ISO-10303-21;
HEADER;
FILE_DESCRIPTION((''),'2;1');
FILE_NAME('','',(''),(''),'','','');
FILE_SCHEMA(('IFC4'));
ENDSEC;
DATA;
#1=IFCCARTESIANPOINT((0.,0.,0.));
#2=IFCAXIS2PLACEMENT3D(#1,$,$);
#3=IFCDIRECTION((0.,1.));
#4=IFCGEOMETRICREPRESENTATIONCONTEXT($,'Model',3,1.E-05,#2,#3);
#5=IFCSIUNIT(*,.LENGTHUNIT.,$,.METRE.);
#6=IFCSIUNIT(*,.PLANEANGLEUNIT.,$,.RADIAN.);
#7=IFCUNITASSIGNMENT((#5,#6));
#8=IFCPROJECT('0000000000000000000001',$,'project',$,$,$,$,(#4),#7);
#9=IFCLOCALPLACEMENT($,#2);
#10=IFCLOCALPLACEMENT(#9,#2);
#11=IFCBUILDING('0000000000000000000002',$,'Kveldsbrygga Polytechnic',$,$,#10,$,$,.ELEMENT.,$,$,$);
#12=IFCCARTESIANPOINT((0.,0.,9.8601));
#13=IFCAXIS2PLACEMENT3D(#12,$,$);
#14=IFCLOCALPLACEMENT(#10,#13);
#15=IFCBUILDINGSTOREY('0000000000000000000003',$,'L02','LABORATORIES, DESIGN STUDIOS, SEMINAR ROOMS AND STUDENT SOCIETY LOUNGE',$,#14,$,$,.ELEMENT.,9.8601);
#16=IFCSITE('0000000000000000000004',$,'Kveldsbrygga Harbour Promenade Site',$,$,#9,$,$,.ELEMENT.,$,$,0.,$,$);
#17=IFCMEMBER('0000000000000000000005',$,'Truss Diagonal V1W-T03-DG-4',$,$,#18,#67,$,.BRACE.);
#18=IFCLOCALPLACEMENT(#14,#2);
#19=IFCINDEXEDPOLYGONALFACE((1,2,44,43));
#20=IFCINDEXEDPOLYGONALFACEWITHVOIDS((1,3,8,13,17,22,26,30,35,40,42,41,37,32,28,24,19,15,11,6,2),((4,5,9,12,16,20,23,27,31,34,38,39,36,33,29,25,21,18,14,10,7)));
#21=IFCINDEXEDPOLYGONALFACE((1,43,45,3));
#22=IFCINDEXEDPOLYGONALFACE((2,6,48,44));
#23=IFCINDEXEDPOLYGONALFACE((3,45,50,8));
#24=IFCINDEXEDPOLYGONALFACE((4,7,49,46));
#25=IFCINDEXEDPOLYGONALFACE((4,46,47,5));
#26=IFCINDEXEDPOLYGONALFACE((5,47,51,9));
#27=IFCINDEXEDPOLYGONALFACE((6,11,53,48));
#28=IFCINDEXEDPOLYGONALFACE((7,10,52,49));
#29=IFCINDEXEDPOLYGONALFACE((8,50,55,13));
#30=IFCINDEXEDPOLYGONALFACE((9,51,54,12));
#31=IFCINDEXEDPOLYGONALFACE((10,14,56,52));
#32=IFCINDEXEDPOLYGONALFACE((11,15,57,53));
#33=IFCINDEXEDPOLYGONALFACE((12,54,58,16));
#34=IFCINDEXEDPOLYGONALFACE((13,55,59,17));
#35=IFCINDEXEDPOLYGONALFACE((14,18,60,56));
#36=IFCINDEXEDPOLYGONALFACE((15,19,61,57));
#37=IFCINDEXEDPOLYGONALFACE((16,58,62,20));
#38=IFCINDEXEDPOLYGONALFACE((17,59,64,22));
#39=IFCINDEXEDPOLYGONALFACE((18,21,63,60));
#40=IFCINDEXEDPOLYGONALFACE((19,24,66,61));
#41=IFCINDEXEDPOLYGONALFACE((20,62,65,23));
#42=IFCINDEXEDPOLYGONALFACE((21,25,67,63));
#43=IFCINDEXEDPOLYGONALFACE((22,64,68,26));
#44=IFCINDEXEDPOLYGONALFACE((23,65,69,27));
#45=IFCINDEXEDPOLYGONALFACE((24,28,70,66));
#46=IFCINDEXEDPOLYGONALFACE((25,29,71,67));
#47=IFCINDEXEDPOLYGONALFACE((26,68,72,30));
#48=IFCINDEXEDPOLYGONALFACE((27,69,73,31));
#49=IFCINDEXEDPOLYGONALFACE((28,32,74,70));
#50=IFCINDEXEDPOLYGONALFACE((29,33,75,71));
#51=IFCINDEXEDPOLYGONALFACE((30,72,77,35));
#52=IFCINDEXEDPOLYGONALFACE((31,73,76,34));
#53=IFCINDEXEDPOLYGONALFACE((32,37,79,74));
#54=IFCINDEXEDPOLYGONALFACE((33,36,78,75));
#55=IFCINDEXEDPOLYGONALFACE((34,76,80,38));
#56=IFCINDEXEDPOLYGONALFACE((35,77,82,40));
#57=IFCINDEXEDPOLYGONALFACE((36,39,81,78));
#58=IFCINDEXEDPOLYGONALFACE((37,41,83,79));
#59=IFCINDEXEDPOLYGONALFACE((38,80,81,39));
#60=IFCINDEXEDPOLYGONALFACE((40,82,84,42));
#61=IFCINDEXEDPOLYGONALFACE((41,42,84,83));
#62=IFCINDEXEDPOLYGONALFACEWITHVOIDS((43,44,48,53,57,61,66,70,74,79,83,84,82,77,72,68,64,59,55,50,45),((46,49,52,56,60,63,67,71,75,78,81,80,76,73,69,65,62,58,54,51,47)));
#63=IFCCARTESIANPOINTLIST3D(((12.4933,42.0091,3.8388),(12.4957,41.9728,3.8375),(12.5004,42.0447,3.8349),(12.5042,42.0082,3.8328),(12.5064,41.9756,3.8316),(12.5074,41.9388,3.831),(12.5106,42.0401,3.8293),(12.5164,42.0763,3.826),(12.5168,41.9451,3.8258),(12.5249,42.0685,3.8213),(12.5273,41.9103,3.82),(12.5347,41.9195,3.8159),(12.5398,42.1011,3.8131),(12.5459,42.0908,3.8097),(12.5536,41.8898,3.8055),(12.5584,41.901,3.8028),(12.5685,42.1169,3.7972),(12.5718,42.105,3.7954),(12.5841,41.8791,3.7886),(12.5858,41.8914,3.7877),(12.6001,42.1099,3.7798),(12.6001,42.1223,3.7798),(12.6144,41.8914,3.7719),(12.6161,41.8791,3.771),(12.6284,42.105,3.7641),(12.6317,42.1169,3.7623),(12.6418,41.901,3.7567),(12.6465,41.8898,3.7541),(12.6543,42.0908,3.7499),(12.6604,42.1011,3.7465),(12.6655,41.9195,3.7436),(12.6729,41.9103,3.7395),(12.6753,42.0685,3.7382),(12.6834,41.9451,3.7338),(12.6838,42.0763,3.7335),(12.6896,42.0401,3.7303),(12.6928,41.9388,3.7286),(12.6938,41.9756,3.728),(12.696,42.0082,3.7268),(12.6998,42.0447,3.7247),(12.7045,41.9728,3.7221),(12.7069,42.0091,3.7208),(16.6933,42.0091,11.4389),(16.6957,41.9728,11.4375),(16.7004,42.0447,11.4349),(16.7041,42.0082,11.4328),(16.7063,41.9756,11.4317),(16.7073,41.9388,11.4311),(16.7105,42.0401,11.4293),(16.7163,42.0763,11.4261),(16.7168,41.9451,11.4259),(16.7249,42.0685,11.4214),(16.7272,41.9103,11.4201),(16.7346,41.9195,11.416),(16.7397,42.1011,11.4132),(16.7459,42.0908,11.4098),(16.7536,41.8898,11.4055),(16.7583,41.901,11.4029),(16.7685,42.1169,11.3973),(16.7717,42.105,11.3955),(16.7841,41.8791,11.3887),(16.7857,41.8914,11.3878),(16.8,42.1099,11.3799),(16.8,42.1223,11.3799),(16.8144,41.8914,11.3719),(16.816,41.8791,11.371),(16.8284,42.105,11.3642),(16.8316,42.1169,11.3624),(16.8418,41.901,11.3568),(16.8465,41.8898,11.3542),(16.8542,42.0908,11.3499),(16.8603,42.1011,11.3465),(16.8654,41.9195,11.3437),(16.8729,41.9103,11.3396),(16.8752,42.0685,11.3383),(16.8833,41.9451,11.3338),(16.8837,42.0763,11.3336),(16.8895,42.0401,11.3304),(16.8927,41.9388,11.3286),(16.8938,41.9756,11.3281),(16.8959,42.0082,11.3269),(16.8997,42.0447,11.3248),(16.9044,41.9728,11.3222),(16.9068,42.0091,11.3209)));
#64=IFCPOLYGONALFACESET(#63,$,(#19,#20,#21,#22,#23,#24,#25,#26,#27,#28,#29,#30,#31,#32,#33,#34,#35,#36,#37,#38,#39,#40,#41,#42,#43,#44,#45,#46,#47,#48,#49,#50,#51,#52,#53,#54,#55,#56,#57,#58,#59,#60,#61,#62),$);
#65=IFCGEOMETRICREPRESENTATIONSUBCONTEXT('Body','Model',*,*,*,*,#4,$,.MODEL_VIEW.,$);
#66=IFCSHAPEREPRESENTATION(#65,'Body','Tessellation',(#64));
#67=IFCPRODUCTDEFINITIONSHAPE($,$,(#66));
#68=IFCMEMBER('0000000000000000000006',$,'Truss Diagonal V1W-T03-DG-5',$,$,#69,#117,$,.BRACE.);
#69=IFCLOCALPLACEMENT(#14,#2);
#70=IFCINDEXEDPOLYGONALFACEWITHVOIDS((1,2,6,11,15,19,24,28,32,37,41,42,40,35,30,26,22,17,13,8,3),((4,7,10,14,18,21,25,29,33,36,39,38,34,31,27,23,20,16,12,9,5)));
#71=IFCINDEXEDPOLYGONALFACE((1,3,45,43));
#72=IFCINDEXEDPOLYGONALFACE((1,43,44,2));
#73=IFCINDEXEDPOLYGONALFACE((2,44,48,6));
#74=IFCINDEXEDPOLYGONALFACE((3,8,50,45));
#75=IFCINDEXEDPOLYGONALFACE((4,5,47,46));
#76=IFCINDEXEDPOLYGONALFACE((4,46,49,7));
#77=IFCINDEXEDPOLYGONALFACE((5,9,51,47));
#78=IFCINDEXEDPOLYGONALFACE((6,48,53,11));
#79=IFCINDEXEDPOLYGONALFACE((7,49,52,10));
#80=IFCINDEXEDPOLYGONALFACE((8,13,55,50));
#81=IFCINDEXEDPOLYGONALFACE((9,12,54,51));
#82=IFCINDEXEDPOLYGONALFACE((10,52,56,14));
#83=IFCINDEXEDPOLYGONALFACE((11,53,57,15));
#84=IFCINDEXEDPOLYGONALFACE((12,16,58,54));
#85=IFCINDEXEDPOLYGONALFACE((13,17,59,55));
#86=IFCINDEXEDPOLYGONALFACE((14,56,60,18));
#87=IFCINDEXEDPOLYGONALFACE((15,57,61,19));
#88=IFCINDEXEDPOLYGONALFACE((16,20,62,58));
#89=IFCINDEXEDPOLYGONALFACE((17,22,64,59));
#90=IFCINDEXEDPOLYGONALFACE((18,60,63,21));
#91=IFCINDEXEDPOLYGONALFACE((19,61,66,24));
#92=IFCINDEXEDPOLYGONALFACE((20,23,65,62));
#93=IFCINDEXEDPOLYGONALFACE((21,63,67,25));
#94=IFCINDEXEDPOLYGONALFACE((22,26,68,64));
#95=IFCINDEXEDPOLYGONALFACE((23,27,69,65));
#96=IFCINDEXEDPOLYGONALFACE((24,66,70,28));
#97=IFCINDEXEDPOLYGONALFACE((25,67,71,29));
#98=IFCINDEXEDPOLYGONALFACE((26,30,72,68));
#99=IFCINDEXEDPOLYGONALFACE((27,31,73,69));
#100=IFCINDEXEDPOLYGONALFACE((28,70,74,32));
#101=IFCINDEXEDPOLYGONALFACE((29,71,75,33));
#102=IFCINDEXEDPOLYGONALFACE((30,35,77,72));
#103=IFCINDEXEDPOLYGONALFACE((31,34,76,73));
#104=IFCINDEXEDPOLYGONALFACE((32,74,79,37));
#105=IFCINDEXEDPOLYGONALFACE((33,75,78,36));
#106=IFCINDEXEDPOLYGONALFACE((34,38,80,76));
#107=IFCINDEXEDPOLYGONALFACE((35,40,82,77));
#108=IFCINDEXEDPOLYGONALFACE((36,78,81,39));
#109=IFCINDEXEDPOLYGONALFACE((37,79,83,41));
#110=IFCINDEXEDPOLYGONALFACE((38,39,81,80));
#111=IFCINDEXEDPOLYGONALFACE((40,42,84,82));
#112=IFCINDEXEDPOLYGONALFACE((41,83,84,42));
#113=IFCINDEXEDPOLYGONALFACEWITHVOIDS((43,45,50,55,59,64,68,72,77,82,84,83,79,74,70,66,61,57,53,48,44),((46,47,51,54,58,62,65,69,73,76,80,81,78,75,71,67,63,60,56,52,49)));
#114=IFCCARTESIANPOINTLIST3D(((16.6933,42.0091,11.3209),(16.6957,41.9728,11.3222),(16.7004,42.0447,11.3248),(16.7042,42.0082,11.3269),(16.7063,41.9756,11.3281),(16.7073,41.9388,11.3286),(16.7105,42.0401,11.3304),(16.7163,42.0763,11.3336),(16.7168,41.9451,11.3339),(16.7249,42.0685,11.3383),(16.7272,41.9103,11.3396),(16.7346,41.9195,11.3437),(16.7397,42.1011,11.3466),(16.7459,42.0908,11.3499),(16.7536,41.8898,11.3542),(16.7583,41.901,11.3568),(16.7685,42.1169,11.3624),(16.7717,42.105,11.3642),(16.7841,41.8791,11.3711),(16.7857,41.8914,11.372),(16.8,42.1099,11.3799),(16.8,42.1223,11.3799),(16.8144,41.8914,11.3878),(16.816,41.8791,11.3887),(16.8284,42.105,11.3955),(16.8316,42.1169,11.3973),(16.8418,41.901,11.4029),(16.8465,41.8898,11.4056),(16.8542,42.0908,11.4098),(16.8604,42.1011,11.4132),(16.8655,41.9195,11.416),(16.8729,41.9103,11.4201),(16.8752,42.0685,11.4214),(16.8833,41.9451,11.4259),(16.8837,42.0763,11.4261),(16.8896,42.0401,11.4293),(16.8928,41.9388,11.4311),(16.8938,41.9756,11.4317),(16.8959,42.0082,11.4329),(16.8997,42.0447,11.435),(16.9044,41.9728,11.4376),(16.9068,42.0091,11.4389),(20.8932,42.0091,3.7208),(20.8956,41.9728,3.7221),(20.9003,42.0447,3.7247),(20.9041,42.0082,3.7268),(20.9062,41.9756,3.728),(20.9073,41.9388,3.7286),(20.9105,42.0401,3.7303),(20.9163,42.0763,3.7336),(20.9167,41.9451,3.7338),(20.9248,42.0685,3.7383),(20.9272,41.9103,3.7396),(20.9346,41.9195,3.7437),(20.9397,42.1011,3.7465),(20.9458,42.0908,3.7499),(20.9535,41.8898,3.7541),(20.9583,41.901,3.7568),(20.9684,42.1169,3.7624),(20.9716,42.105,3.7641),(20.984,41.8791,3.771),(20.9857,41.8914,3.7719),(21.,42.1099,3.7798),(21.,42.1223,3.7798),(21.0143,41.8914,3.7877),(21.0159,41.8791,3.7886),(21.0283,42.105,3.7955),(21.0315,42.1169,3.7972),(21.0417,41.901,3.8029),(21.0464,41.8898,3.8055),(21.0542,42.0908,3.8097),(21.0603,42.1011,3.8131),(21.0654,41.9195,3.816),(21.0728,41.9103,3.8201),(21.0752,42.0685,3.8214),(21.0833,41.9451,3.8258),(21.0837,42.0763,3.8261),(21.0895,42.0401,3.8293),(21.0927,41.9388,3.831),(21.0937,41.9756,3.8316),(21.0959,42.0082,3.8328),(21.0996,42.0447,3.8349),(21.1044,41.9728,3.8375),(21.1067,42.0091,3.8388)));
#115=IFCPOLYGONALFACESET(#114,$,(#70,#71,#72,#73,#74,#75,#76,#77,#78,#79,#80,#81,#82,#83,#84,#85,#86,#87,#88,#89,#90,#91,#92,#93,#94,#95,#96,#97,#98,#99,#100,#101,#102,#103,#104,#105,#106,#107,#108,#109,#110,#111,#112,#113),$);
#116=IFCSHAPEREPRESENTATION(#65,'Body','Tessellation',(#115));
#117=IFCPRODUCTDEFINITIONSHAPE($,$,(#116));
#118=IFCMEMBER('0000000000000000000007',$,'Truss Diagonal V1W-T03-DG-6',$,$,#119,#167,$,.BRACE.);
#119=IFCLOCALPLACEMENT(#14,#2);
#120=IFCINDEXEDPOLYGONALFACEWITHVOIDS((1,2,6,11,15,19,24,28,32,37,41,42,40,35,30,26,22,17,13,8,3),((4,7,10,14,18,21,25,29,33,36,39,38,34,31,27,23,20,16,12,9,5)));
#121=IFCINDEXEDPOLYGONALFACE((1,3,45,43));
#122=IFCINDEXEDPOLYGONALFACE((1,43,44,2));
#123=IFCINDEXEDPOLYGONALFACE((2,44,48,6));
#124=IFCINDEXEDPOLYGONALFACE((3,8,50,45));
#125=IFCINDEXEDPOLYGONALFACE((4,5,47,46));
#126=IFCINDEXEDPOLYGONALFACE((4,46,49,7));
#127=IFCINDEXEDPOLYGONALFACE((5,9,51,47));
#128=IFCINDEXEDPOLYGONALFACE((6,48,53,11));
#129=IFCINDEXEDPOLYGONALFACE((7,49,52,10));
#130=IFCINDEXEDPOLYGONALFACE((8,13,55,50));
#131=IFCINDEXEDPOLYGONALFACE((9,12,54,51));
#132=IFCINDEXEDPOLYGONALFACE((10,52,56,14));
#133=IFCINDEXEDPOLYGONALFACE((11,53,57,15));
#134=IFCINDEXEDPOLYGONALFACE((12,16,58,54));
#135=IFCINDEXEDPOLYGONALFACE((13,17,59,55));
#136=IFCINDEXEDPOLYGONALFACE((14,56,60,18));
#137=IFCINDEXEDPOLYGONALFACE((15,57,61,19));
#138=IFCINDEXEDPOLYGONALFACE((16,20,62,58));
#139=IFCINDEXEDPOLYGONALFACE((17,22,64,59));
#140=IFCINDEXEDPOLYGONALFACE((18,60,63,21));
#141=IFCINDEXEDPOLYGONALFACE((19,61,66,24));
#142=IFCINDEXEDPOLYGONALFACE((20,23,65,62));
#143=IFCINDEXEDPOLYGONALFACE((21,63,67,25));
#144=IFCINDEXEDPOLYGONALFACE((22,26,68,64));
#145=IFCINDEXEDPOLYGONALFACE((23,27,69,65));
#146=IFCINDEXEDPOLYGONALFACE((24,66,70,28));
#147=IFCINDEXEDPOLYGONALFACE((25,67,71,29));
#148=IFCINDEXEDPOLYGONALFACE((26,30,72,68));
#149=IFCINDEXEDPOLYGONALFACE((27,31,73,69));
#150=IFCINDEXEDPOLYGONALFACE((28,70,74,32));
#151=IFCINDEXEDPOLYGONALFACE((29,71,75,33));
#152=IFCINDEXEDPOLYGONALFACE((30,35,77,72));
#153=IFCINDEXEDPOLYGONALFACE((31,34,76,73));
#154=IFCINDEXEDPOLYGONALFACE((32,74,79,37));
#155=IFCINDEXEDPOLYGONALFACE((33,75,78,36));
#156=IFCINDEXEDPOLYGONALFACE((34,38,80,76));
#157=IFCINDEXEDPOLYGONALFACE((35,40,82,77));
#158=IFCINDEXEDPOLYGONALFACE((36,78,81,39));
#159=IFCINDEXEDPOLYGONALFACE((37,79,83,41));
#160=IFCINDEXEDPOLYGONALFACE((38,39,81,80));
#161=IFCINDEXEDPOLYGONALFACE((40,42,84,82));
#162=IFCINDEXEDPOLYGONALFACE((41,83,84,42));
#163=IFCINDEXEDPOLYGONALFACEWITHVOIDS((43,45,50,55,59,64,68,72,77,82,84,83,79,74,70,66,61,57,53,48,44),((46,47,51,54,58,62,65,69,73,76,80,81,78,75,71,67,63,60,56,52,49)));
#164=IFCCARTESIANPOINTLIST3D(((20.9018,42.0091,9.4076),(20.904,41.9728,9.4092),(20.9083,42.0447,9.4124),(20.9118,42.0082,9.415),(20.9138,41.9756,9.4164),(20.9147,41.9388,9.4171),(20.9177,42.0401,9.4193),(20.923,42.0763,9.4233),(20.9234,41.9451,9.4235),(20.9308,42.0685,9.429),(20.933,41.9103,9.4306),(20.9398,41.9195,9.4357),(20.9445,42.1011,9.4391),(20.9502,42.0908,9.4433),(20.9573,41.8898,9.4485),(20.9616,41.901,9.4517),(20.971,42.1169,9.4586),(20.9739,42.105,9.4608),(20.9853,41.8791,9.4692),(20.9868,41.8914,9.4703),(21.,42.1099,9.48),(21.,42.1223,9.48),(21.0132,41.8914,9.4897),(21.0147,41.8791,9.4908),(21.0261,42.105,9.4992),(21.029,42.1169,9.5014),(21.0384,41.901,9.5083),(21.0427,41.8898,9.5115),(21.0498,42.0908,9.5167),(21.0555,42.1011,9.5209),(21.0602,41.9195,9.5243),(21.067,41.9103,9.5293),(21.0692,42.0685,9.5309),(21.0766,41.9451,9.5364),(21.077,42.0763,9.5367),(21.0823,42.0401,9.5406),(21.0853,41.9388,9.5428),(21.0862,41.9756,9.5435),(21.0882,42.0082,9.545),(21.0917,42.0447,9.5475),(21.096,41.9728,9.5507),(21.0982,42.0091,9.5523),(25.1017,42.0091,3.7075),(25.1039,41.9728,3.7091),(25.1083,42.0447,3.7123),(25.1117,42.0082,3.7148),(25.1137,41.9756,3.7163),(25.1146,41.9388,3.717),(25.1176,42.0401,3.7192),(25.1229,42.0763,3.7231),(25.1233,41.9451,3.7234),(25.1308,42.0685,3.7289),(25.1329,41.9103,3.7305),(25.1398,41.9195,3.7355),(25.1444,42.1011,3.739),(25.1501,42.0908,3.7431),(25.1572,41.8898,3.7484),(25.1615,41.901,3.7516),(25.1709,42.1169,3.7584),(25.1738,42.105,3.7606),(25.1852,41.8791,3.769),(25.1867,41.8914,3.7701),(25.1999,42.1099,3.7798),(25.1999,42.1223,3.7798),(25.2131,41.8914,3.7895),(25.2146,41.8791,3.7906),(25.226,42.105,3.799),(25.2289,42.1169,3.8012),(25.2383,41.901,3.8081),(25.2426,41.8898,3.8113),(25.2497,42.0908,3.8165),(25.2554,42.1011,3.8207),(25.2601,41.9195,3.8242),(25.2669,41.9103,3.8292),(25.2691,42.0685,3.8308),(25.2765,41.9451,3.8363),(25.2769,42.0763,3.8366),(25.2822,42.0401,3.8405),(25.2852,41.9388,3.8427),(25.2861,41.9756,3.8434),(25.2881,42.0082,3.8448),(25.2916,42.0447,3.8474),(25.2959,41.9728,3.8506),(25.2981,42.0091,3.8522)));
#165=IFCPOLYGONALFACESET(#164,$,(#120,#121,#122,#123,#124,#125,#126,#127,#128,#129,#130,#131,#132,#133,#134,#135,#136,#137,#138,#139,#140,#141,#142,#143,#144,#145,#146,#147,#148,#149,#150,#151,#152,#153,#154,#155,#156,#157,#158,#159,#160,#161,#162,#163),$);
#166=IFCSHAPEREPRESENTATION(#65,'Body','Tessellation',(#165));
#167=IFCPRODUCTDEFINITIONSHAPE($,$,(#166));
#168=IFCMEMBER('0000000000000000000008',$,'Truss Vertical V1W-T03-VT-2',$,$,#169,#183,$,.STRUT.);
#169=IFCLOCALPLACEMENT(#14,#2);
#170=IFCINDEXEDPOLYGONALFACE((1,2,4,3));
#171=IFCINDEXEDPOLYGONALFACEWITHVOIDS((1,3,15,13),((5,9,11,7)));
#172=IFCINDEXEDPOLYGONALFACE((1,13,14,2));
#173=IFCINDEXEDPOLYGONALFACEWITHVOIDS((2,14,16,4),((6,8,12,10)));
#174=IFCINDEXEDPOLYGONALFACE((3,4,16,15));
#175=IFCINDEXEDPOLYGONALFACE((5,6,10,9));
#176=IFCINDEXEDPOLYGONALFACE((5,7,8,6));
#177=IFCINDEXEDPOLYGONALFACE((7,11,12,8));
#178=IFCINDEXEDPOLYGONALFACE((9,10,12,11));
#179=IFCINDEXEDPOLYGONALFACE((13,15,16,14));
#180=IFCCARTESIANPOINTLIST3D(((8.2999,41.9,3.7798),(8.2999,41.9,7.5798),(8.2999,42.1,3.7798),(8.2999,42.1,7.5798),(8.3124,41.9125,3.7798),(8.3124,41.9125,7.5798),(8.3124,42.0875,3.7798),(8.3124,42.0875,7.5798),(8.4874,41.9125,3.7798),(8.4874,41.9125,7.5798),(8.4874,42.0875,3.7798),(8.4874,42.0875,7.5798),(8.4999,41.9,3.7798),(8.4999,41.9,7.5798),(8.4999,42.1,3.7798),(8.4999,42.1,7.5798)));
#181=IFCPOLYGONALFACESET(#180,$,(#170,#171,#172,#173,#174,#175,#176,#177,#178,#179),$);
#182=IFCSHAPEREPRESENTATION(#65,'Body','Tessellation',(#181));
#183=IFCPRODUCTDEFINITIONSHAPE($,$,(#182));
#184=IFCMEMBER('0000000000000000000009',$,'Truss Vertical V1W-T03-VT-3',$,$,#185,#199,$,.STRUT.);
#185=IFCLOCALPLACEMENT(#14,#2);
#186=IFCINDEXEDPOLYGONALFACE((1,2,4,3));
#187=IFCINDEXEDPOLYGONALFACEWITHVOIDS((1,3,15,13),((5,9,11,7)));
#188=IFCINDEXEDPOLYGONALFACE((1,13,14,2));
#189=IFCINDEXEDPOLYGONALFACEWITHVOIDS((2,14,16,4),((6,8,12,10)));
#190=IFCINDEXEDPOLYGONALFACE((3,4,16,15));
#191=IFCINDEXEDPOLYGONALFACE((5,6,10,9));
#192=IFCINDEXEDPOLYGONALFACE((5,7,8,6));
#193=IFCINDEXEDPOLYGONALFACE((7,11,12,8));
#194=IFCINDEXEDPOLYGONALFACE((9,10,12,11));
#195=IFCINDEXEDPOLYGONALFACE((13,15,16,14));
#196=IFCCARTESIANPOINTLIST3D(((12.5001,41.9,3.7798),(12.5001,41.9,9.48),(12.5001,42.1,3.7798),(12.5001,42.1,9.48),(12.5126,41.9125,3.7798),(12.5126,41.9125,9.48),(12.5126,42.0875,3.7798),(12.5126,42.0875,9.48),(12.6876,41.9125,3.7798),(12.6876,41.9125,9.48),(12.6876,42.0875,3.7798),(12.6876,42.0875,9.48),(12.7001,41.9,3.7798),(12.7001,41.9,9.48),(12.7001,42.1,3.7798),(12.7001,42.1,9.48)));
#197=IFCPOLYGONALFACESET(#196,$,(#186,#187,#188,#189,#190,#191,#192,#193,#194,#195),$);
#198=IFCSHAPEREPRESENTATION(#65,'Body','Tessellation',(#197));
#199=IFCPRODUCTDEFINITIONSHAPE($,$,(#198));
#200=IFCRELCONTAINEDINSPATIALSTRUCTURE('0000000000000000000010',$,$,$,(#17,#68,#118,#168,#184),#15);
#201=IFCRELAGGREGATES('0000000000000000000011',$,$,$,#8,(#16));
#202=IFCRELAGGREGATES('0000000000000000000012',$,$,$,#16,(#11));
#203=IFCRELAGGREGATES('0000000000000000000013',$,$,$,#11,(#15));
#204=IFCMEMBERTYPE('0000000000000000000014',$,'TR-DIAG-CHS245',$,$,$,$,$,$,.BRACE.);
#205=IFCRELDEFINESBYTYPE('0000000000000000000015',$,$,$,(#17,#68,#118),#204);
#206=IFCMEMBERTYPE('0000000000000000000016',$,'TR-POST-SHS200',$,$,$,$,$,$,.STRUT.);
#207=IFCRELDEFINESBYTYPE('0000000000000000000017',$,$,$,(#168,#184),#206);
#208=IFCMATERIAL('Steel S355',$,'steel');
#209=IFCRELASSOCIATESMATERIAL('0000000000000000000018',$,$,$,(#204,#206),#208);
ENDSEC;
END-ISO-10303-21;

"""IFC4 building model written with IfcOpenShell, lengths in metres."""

from ifc_helpers import new_model, si_unit, direction, frame, origin, origin_2d, place, context, subcontext, project, spatial, hollow_rectangle, hollow_circle, extrude, material, material_profile, profile_set, type_object, element, save


model = new_model("IFC4")

# Units and contexts
model_context = context("Model", 3, precision=1e-05, world=origin(), true_north=direction((0.0, 1.0)))
body_context = subcontext(model_context, "Body", "Model", "MODEL_VIEW")
ifc_project = project(units=[si_unit("LENGTHUNIT", "METRE"), si_unit("PLANEANGLEUNIT", "RADIAN")], contexts=[model_context])

# Site, building, storey
site_placement = place(None, origin())
site = spatial("IfcSite", under=ifc_project, at=site_placement, Name="Kveldsbrygga Harbour Promenade Site", CompositionType="ELEMENT", RefElevation=0.0)
building_placement = place(site_placement, origin())
building = spatial("IfcBuilding", under=site, at=building_placement, Name="Kveldsbrygga Polytechnic", CompositionType="ELEMENT")
storey_placement = place(building_placement, frame((0.0, 0.0, 9.8601)))
storey = spatial("IfcBuildingStorey", under=building, at=storey_placement, Name="L02", Description="LABORATORIES, DESIGN STUDIOS, SEMINAR ROOMS AND STUDENT SOCIETY LOUNGE", CompositionType="ELEMENT", Elevation=9.8601)

# Members
ifc_material_1 = material(Name="Steel S355", Category="steel")
ifc_material_profile_1 = material_profile(ifc_material_1, hollow_circle(Radius=0.1223, WallThickness=0.0125, at=origin_2d()), Name="CHS 244.5x12.5")
ifc_profile_set_1 = profile_set([ifc_material_profile_1], Name="Steel S355")
member_type_1 = type_object("IfcMemberType", Name="TR-DIAG-CHS245", PredefinedType="BRACE", material=ifc_profile_set_1)
for number, where, z_axis, x_axis, name in (
    (1, (12.6001, 42.0, 3.7798), (0.483677, 0.0, 0.875247), (0.0, 1.0, 0.0), "Truss Diagonal V1W-T03-DG-4"),
    (2, (16.8, 42.0, 11.3799), (0.483677, 0.0, -0.875247), (0.0, 1.0, 0.0), "Truss Diagonal V1W-T03-DG-5"),
):
    element("IfcMember", number, at=place(storey_placement, frame(where, z_axis=z_axis, x_axis=x_axis)), inside=storey, type_object=member_type_1, Name=name, PredefinedType="BRACE", context=body_context, shape_type="SweptSolid", body=[
        extrude(hollow_circle(Radius=0.1223, WallThickness=0.0125, at=origin_2d()), origin(), (0.0, 0.0, 1.0), 8.6833),
    ])
member_1_placement = place(storey_placement, frame((21.0, 42.0, 9.48), z_axis=(0.593181, 0.0, -0.805069), x_axis=(0.0, 1.0, 0.0)))
element("IfcMember", 3, at=member_1_placement, inside=storey, type_object=member_type_1, Name="Truss Diagonal V1W-T03-DG-6", PredefinedType="BRACE", context=body_context, shape_type="SweptSolid", body=[
    extrude(hollow_circle(Radius=0.1223, WallThickness=0.0125, at=origin_2d()), origin(), (0.0, 0.0, 1.0), 7.0803),
])
ifc_material_profile_2 = material_profile(ifc_material_1, hollow_rectangle(XDim=0.2, YDim=0.2, WallThickness=0.0125, at=origin_2d()), Name="SHS 200x200x12.5")
ifc_profile_set_2 = profile_set([ifc_material_profile_2], Name="Steel S355")
member_type_2 = type_object("IfcMemberType", Name="TR-POST-SHS200", PredefinedType="STRUT", material=ifc_profile_set_2)
member_2_placement = place(storey_placement, frame((8.3999, 42.0, 3.7798), z_axis=(0.0, 0.0, 1.0), x_axis=(1.0, 0.0, 0.0)))
element("IfcMember", 4, at=member_2_placement, inside=storey, type_object=member_type_2, Name="Truss Vertical V1W-T03-VT-2", PredefinedType="STRUT", context=body_context, shape_type="SweptSolid", body=[
    extrude(hollow_rectangle(XDim=0.2, YDim=0.2, WallThickness=0.0125, at=origin_2d()), origin(), (0.0, 0.0, 1.0), 3.8),
])
member_3_placement = place(storey_placement, frame((12.6001, 42.0, 3.7798), z_axis=(0.0, 0.0, 1.0), x_axis=(1.0, 0.0, 0.0)))
element("IfcMember", 5, at=member_3_placement, inside=storey, type_object=member_type_2, Name="Truss Vertical V1W-T03-VT-3", PredefinedType="STRUT", context=body_context, shape_type="SweptSolid", body=[
    extrude(hollow_rectangle(XDim=0.2, YDim=0.2, WallThickness=0.0125, at=origin_2d()), origin(), (0.0, 0.0, 1.0), 5.7002),
])

save(model, "model.ifc")
